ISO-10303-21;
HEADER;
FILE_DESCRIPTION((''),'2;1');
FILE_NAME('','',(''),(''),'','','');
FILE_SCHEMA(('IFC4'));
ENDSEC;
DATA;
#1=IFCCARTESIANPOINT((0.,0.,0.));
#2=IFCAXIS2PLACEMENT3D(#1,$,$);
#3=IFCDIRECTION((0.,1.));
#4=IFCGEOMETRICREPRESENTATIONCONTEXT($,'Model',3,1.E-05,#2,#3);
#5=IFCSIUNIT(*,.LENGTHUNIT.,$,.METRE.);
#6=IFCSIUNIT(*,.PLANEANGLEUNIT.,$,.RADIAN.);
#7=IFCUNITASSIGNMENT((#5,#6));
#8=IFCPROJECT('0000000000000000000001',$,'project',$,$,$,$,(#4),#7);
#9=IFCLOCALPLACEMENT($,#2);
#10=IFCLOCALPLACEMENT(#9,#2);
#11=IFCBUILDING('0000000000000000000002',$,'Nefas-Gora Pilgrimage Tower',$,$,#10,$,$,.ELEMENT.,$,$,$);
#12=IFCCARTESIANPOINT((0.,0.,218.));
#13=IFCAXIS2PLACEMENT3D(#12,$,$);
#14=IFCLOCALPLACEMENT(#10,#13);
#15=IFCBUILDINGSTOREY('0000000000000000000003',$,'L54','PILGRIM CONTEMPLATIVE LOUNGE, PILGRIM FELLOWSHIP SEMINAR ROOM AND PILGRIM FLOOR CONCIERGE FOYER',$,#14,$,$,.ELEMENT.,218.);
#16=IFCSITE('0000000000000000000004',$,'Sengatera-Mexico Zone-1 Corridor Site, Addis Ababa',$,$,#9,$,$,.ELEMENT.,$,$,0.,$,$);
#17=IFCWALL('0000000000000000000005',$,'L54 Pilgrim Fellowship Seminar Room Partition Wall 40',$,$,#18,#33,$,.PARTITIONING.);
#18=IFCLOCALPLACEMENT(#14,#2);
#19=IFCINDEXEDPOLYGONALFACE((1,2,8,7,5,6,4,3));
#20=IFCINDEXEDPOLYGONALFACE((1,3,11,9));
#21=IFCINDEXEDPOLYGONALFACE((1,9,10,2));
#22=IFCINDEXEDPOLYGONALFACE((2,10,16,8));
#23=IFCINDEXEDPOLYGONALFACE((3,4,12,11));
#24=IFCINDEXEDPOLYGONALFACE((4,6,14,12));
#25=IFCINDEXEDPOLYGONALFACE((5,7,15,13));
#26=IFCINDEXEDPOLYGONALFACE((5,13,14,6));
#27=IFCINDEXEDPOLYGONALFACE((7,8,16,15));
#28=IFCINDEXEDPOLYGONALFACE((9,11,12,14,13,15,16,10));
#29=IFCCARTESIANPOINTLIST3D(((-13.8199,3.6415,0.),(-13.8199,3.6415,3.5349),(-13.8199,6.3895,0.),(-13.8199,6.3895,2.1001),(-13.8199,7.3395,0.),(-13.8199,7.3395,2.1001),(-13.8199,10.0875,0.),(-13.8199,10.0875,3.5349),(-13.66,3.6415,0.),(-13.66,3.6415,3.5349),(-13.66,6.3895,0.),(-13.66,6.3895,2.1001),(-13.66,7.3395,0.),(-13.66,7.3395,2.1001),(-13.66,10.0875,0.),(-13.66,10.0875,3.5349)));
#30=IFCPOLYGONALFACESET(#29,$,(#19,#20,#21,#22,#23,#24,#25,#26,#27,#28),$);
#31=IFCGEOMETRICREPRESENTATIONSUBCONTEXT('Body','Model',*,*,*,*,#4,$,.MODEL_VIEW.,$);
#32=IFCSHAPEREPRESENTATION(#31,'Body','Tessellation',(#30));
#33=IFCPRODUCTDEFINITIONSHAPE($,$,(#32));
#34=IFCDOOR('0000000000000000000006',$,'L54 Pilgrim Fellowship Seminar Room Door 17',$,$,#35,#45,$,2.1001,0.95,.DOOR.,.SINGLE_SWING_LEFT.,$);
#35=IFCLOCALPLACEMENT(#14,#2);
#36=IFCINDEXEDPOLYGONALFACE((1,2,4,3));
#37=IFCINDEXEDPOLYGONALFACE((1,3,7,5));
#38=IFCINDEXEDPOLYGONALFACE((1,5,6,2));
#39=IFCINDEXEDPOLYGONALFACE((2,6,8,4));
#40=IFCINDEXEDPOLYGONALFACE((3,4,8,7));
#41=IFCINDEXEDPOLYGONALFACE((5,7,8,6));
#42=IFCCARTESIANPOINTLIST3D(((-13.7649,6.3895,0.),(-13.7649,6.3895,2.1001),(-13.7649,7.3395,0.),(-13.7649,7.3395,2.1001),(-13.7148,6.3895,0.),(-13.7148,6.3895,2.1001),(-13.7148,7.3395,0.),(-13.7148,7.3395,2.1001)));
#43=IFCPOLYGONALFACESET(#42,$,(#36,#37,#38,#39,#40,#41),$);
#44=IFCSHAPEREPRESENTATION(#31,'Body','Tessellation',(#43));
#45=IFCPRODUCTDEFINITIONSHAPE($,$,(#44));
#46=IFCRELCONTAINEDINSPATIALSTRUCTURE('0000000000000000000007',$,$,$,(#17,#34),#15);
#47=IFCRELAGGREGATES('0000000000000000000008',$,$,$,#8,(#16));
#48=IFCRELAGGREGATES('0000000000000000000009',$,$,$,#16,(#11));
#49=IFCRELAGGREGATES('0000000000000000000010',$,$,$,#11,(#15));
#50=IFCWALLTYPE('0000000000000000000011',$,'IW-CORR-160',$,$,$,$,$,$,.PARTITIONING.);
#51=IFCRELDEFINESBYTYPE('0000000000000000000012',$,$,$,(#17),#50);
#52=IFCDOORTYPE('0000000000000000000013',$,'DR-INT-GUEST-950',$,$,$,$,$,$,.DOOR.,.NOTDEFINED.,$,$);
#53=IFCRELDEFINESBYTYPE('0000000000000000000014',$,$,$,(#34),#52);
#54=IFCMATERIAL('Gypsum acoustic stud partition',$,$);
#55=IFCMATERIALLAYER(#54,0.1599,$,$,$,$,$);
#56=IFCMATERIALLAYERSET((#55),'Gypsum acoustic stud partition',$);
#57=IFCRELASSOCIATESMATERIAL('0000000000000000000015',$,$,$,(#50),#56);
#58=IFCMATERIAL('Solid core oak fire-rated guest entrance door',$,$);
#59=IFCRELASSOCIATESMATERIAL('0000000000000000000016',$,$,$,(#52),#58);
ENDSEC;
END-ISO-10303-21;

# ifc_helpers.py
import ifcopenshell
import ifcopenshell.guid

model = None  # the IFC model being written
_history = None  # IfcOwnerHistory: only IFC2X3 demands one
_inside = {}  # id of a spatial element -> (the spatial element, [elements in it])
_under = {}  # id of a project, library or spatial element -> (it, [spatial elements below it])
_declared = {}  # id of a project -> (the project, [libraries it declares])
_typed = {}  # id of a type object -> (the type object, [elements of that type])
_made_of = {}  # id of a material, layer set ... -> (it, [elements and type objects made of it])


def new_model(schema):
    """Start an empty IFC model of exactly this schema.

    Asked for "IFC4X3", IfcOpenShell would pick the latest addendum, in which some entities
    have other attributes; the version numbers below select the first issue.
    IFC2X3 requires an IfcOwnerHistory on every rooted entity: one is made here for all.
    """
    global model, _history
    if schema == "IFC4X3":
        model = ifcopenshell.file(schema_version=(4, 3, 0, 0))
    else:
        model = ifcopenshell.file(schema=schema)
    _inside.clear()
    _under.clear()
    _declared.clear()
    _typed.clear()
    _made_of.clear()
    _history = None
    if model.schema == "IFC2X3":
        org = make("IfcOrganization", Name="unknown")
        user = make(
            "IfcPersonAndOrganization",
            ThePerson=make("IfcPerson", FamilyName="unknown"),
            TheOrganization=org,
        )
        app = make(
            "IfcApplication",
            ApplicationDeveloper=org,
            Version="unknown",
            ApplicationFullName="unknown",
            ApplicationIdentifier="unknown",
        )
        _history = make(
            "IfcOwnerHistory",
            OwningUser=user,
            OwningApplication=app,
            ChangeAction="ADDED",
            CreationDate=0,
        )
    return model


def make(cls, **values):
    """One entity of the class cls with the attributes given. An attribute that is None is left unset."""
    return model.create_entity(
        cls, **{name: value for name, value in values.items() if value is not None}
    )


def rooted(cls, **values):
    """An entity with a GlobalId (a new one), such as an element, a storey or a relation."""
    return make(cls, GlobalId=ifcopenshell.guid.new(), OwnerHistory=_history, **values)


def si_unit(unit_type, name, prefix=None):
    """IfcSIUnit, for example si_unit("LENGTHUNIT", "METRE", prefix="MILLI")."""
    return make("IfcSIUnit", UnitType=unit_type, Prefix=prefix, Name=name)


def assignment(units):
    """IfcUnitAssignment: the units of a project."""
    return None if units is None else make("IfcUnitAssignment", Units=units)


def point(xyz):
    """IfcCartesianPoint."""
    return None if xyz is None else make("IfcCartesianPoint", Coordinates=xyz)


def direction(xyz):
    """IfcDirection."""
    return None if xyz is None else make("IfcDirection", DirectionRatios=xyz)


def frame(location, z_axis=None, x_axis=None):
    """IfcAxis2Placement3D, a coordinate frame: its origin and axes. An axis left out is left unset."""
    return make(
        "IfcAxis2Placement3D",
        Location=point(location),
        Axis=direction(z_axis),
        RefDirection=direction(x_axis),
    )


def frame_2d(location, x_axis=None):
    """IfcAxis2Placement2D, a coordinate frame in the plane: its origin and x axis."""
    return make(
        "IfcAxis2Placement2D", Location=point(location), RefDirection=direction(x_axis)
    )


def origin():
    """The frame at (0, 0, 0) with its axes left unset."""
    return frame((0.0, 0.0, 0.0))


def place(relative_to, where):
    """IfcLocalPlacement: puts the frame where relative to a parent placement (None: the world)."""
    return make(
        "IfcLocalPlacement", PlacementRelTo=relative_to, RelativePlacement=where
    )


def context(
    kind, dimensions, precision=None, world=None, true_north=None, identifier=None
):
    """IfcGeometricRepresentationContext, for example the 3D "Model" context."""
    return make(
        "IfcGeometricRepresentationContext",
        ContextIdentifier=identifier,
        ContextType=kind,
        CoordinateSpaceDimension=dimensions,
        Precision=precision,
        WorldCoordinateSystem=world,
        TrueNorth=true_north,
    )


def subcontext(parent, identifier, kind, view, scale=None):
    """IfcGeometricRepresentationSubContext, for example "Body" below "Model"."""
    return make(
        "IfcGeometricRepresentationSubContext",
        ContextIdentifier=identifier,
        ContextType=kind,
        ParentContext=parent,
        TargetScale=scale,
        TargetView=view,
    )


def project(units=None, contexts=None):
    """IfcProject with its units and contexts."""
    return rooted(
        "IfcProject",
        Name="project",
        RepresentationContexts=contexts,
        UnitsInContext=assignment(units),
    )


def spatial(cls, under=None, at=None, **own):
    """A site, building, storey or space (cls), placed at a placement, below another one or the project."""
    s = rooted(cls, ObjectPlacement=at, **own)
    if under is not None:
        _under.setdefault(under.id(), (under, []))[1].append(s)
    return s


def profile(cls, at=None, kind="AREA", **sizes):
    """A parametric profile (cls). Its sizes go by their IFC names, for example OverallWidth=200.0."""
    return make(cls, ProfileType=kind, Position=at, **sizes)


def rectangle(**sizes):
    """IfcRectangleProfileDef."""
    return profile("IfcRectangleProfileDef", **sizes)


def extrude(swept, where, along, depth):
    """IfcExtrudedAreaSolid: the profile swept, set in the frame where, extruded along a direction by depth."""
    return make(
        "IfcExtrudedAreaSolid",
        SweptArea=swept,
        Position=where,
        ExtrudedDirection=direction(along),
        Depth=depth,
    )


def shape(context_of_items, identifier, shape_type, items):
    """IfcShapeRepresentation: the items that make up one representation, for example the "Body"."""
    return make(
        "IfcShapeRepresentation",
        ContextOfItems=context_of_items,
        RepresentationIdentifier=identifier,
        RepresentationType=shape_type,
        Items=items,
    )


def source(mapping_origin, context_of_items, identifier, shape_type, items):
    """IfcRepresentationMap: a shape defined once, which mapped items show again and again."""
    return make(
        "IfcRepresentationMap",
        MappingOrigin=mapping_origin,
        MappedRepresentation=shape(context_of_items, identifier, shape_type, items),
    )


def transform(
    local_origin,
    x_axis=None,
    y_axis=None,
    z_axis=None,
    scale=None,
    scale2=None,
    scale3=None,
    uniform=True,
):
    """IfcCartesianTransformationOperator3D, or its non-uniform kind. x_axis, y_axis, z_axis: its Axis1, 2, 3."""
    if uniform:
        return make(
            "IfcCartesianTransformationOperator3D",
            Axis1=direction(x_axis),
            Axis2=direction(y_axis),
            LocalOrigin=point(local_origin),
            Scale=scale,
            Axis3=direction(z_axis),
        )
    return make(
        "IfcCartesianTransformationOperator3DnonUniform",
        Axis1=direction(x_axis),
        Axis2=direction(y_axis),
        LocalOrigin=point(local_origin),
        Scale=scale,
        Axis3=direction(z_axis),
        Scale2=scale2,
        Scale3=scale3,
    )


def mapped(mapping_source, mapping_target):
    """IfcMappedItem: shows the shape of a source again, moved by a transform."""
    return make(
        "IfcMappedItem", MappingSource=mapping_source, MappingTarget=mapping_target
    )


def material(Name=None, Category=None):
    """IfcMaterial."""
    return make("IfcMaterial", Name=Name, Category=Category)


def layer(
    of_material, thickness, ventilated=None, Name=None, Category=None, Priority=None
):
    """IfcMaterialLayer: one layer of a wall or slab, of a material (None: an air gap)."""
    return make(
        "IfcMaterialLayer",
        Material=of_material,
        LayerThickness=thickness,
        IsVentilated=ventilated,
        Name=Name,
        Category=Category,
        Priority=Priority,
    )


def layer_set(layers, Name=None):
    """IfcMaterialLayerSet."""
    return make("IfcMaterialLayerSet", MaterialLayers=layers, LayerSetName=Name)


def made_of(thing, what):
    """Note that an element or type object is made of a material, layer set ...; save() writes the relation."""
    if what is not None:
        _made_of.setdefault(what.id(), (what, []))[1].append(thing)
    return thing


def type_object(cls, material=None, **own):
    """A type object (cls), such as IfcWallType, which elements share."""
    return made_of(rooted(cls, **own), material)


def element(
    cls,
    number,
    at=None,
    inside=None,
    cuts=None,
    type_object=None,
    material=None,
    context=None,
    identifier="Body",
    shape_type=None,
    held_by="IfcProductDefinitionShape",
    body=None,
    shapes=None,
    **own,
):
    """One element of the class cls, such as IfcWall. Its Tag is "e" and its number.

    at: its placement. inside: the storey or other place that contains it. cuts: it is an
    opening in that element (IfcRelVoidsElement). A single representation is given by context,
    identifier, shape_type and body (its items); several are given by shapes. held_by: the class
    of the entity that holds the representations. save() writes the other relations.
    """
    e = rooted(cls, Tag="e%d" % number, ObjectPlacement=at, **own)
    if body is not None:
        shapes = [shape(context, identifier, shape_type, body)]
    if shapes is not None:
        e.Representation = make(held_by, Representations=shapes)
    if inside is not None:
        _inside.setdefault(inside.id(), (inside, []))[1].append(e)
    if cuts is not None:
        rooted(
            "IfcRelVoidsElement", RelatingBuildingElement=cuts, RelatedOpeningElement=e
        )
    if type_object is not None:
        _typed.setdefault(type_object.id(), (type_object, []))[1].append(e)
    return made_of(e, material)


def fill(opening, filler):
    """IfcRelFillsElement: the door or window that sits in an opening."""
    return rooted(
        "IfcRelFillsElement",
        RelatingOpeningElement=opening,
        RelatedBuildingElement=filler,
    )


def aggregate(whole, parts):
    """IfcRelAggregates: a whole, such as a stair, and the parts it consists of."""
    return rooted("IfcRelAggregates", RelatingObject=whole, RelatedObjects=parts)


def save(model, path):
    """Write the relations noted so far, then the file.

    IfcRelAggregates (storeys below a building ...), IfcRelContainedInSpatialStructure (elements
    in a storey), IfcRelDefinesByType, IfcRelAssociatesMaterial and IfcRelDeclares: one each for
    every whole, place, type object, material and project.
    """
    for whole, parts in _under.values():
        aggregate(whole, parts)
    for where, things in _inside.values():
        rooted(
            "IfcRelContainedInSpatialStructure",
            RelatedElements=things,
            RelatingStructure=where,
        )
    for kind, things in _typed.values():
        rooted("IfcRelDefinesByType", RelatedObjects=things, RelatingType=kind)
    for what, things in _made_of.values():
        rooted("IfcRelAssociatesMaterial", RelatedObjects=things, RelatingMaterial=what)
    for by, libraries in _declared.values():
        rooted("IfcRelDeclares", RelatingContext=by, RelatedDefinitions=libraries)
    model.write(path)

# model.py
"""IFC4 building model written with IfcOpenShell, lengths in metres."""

from ifc_helpers import new_model, si_unit, direction, frame, frame_2d, origin, place, context, subcontext, project, spatial, rectangle, extrude, source, transform, mapped, material, layer, layer_set, type_object, element, fill, save


model = new_model("IFC4")

# Units and contexts
model_context = context("Model", 3, precision=1e-05, world=origin(), true_north=direction((0.0, 1.0)))
body_context = subcontext(model_context, "Body", "Model", "MODEL_VIEW")
ifc_project = project(units=[si_unit("LENGTHUNIT", "METRE"), si_unit("PLANEANGLEUNIT", "RADIAN")], contexts=[model_context])

# Site, building, storey
site_placement = place(None, origin())
site = spatial("IfcSite", under=ifc_project, at=site_placement, Name="Sengatera-Mexico Zone-1 Corridor Site, Addis Ababa", CompositionType="ELEMENT", RefElevation=0.0)
building_placement = place(site_placement, origin())
building = spatial("IfcBuilding", under=site, at=building_placement, Name="Nefas-Gora Pilgrimage Tower", CompositionType="ELEMENT")
storey_placement = place(building_placement, frame((0.0, 0.0, 218.0)))
storey = spatial("IfcBuildingStorey", under=building, at=storey_placement, Name="L54", Description="PILGRIM CONTEMPLATIVE LOUNGE, PILGRIM FELLOWSHIP SEMINAR ROOM AND PILGRIM FLOOR CONCIERGE FOYER", CompositionType="ELEMENT", Elevation=218.0)

# Wall, opening, door
ifc_material_1 = material(Name="Gypsum acoustic stud partition")
ifc_layer_1 = layer(ifc_material_1, 0.1599)
ifc_layer_set_1 = layer_set([ifc_layer_1], Name="Gypsum acoustic stud partition")
wall_type_1 = type_object("IfcWallType", Name="IW-CORR-160", PredefinedType="PARTITIONING", material=ifc_layer_set_1)
shared_shape_1 = source(origin(), body_context, "Body", "SweptSolid", [
    extrude(rectangle(XDim=6.446, YDim=0.1599, at=frame_2d((3.2231, 0.0))), origin(), (0.0, 0.0, 1.0), 3.5349),
])
wall_1_placement = place(storey_placement, frame((-13.74, 3.6414, 0.0), z_axis=(0.0, 0.0, 1.0), x_axis=(0.0, 1.0, 0.0)))
wall_1 = element("IfcWall", 1, at=wall_1_placement, inside=storey, type_object=wall_type_1, Name="L54 Pilgrim Fellowship Seminar Room Partition Wall 40", PredefinedType="PARTITIONING", context=body_context, shape_type="MappedRepresentation", body=[
    mapped(shared_shape_1, transform((0.0, 0.0, 0.0), x_axis=(1.0, 0.0, 0.0), y_axis=(0.0, 1.0, 0.0), z_axis=(0.0, 0.0, 1.0), scale=1.0)),
])
opening_placement = place(wall_1_placement, frame((2.748, 0.0, 0.0)))
opening = element("IfcOpeningElement", 2, at=opening_placement, cuts=wall_1, PredefinedType="OPENING", context=body_context, shape_type="SweptSolid", body=[
    extrude(rectangle(XDim=0.95, YDim=2.1001, at=frame_2d((0.4751, 1.05))), frame((0.0, 0.0898, 0.0), z_axis=(0.0, -1.0, 0.0), x_axis=(1.0, 0.0, 0.0)), (0.0, 0.0, 1.0), 0.1799),
])
ifc_material_2 = material(Name="Solid core oak fire-rated guest entrance door")
door_type = type_object("IfcDoorType", Name="DR-INT-GUEST-950", OperationType="NOTDEFINED", PredefinedType="DOOR", material=ifc_material_2)
shared_shape_2 = source(origin(), body_context, "Body", "SweptSolid", [
    extrude(rectangle(XDim=0.95, YDim=2.1001, at=frame_2d((0.4751, 1.05))), frame((0.0, 0.0249, 0.0), z_axis=(0.0, -1.0, 0.0), x_axis=(1.0, 0.0, 0.0)), (0.0, 0.0, 1.0), 0.05),
])
door_placement = place(opening_placement, origin())
door = element("IfcDoor", 3, at=door_placement, inside=storey, type_object=door_type, Name="L54 Pilgrim Fellowship Seminar Room Door 17", OperationType="SINGLE_SWING_LEFT", OverallHeight=2.1001, OverallWidth=0.95, PredefinedType="DOOR", context=body_context, shape_type="MappedRepresentation", body=[
    mapped(shared_shape_2, transform((0.0, 0.0, 0.0), x_axis=(1.0, 0.0, 0.0), y_axis=(0.0, 1.0, 0.0), z_axis=(0.0, 0.0, 1.0), scale=1.0)),
])
fill(opening, door)

save(model, "model.ifc")
